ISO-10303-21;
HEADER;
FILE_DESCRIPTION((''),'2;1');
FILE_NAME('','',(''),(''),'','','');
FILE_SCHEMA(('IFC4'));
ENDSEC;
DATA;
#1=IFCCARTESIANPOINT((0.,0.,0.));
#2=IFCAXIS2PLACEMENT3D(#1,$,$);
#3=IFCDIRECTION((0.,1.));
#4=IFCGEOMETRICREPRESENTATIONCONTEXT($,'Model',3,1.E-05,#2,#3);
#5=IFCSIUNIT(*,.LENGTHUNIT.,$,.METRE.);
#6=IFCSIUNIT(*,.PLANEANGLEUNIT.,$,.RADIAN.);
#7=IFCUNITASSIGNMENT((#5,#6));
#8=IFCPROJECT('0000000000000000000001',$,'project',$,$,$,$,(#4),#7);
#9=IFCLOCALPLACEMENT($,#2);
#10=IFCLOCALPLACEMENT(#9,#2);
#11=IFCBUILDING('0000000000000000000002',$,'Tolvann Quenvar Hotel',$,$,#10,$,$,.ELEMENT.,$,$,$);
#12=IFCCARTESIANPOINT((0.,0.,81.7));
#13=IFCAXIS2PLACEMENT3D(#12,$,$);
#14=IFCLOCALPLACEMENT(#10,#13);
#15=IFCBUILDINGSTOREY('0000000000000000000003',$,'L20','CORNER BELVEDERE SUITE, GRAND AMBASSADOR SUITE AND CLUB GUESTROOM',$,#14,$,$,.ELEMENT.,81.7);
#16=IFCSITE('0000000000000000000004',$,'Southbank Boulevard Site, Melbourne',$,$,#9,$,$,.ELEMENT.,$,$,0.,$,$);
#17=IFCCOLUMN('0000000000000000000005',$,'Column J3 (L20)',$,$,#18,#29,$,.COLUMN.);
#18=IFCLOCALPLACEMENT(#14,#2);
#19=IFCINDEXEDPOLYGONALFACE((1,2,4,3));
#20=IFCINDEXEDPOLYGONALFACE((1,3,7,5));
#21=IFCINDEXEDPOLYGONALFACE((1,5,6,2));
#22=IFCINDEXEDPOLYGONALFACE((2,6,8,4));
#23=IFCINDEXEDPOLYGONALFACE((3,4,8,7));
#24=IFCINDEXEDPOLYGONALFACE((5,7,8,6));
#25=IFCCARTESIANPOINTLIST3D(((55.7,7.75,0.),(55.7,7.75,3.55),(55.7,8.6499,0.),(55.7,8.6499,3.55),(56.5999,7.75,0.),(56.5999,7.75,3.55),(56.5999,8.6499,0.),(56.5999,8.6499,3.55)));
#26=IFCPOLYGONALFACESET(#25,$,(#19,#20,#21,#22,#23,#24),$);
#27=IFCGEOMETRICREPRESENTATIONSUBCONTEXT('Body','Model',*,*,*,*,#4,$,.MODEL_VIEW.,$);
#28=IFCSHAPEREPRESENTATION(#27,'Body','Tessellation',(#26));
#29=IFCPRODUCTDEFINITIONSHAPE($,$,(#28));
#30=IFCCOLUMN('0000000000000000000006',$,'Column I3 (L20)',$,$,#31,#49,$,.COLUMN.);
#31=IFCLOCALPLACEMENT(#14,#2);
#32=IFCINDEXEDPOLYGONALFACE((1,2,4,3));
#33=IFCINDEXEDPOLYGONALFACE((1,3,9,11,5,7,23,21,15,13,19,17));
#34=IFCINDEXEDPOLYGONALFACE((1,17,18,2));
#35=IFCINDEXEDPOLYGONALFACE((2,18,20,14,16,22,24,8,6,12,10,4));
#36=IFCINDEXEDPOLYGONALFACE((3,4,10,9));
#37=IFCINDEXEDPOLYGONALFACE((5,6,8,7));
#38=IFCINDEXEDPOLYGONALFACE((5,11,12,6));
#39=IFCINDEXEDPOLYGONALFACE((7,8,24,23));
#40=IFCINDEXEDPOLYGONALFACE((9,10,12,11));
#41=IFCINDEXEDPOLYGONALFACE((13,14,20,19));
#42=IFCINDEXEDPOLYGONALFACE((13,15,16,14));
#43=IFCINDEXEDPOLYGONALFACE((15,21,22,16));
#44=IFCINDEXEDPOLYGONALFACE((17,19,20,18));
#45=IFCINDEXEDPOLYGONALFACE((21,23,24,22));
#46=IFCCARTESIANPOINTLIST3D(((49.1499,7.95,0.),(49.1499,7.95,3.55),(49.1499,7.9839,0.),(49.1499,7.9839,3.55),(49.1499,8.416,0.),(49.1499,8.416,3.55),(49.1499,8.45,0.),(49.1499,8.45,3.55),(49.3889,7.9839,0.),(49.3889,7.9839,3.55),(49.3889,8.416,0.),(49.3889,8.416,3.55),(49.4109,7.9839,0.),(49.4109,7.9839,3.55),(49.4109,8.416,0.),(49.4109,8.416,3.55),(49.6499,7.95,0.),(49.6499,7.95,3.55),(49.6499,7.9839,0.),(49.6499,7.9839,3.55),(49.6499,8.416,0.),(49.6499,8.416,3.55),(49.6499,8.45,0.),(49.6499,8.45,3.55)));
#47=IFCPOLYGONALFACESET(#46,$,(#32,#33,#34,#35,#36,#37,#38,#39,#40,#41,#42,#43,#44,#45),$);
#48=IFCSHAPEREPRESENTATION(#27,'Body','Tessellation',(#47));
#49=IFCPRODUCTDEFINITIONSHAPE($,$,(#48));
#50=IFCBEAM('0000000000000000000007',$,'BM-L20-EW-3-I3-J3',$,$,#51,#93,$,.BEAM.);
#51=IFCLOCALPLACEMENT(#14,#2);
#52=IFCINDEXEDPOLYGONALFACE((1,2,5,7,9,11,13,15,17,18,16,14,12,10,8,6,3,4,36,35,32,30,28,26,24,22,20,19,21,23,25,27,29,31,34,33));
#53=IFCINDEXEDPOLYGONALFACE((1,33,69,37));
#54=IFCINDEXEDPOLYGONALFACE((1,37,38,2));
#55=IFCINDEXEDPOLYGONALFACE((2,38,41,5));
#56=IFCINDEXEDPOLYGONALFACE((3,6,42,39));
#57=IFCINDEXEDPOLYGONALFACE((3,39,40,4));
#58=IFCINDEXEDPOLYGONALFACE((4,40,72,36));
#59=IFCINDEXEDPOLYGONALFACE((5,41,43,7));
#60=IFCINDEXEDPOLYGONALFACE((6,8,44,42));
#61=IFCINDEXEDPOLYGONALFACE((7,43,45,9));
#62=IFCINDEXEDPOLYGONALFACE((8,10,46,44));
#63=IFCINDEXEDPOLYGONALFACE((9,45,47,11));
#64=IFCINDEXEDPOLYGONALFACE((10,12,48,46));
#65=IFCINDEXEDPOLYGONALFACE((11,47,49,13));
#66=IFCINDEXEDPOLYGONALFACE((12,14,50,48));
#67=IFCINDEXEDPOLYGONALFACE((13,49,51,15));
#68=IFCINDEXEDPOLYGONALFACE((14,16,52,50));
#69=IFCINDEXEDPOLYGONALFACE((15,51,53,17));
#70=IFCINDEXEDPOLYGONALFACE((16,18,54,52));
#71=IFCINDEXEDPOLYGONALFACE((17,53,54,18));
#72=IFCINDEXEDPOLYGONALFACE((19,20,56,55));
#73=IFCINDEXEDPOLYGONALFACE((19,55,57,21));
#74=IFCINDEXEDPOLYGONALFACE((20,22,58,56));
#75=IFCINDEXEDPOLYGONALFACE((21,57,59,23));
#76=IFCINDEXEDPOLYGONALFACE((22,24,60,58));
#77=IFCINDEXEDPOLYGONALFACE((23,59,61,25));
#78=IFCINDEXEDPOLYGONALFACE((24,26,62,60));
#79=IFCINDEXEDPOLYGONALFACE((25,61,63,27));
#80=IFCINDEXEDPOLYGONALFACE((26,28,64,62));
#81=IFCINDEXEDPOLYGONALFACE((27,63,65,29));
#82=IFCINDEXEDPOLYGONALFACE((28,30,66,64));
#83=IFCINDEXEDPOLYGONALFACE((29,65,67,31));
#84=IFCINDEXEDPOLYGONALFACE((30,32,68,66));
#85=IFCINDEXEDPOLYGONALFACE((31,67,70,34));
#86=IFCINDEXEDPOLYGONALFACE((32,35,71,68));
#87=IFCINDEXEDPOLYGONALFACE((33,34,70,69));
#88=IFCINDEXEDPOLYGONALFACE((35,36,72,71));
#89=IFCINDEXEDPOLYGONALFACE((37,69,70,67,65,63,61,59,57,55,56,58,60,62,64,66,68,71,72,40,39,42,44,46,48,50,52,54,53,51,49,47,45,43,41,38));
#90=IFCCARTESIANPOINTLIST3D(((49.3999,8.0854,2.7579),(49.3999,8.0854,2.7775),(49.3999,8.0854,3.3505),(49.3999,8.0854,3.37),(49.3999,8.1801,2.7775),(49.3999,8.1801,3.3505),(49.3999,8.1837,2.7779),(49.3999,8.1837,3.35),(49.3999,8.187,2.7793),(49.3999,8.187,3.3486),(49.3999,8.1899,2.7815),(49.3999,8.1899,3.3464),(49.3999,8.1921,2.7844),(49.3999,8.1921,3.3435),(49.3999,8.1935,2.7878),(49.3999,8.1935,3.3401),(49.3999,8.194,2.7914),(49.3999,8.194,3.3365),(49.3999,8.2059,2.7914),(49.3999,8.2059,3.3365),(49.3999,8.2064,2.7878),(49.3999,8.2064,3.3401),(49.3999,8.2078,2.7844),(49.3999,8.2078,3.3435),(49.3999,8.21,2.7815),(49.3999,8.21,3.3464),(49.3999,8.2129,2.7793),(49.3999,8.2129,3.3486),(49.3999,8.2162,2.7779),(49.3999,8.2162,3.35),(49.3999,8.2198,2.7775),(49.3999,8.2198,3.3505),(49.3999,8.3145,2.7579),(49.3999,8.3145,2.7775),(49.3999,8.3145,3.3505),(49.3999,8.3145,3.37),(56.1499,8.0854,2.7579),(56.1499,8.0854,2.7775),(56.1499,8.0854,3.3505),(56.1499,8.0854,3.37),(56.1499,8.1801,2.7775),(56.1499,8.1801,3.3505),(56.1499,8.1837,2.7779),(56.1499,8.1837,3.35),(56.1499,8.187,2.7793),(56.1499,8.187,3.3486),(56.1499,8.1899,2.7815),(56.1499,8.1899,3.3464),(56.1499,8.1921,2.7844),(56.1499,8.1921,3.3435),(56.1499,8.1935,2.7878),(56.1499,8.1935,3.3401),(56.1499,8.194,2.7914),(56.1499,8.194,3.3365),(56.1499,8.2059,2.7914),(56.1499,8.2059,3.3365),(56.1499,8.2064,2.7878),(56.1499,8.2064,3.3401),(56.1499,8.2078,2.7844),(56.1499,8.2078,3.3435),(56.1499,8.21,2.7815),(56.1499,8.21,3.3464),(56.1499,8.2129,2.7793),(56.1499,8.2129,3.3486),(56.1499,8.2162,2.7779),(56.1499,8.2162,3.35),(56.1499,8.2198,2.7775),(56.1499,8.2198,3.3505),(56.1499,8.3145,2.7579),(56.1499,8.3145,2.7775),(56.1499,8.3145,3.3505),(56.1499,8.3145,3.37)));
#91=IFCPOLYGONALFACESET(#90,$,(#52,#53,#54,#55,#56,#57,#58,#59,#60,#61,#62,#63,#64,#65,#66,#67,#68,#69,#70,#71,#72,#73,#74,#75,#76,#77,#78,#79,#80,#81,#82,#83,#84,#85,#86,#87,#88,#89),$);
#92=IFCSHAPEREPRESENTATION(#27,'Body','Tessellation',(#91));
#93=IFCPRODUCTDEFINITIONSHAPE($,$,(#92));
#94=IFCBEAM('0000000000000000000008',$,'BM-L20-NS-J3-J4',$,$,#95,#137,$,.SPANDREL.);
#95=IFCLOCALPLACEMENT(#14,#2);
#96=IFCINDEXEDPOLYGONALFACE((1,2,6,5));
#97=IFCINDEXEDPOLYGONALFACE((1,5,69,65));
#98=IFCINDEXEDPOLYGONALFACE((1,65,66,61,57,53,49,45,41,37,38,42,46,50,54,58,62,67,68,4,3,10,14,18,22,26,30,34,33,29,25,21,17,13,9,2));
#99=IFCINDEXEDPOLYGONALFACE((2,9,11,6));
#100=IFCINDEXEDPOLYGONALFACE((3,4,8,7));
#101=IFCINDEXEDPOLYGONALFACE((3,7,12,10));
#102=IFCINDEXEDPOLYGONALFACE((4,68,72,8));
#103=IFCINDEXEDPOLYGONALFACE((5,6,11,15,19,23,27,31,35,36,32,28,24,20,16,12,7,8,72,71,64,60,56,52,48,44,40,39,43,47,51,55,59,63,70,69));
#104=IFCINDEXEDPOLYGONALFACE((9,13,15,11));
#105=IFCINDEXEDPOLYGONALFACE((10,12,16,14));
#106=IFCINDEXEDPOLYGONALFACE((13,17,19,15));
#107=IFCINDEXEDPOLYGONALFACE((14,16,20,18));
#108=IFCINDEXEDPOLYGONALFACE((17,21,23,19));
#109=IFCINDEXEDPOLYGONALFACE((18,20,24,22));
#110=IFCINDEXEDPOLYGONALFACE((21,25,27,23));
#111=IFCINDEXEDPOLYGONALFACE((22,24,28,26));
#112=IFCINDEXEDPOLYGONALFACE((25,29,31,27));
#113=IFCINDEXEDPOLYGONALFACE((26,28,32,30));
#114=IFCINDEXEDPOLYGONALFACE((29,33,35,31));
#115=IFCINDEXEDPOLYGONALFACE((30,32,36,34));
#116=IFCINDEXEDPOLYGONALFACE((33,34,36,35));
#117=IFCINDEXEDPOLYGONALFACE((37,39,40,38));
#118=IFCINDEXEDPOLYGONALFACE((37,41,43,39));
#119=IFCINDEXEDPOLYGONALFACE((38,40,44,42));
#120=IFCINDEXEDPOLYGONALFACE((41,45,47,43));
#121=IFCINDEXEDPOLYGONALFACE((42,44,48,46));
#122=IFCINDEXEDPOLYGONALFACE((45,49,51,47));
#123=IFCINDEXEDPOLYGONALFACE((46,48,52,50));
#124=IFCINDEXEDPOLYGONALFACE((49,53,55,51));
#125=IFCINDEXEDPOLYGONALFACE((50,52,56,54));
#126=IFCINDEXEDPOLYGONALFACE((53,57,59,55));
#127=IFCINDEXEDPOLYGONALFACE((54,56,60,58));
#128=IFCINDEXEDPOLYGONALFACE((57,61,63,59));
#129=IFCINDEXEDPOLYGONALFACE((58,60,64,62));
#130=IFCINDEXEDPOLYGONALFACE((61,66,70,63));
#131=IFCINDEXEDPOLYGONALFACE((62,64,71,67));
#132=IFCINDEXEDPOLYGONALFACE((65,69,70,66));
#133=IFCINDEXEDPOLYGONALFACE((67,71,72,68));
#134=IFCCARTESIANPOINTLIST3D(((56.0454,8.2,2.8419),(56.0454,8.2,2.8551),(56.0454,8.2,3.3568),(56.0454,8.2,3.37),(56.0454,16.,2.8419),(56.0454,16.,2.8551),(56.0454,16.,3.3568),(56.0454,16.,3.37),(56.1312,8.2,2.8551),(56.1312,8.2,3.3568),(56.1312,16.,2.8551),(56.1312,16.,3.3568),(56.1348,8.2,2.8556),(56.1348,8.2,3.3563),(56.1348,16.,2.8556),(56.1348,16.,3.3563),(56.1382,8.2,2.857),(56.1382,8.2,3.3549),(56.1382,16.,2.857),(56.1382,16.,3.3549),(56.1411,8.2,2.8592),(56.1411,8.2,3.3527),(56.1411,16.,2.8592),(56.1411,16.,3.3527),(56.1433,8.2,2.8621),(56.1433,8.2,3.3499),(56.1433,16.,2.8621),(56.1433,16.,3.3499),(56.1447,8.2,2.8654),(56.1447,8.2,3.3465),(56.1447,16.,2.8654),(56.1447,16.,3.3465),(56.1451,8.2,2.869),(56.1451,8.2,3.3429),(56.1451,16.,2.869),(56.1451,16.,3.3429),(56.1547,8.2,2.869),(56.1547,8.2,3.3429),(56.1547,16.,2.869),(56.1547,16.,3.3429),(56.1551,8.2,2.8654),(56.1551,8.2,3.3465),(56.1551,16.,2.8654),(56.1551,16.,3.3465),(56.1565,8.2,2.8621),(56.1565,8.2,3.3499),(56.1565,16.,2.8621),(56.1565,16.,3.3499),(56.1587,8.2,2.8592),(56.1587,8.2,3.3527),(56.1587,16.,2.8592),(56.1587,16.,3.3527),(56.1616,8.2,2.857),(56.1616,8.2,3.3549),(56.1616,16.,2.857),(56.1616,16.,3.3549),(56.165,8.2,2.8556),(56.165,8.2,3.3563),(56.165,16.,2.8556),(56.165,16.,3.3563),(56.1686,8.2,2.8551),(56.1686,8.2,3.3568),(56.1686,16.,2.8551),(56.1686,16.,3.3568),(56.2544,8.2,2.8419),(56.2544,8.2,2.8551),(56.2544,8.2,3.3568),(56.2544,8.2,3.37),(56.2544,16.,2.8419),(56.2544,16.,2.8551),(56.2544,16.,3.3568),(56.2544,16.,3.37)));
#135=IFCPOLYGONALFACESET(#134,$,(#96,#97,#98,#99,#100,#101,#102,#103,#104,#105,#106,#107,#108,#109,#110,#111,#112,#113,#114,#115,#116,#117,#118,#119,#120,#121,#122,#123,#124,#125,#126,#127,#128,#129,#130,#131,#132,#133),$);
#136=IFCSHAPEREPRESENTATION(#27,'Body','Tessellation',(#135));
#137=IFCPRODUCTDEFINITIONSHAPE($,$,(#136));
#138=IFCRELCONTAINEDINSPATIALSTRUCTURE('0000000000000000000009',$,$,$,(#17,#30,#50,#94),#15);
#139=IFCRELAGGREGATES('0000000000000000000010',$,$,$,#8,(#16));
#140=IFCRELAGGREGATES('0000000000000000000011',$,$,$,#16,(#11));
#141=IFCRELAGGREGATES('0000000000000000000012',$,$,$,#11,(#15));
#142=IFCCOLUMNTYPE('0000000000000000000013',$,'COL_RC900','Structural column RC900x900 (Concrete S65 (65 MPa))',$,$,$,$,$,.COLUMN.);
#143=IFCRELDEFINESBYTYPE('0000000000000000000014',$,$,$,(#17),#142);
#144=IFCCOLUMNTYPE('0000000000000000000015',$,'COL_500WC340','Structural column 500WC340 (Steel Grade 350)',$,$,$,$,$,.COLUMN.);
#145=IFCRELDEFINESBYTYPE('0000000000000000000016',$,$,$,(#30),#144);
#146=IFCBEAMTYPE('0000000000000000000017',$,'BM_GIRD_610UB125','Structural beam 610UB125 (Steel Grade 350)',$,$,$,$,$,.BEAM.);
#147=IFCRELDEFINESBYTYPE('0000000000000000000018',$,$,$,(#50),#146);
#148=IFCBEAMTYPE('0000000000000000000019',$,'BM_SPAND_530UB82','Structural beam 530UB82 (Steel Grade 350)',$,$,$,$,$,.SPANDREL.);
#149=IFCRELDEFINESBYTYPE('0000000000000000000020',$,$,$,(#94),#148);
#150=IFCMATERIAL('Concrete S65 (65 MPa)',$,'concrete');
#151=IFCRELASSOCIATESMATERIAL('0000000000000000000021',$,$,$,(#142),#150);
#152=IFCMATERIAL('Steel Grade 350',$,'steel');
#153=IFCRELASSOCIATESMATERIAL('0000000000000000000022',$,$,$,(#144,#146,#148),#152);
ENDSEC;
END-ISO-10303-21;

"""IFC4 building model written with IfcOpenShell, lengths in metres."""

from ifc_helpers import new_model, si_unit, direction, frame, origin, origin_2d, place, context, subcontext, project, spatial, rectangle, i_section, extrude, source, transform, mapped, material, material_profile, profile_set, type_object, type_shapes, element, save


model = new_model("IFC4")

# Units and contexts
model_context = context("Model", 3, precision=1e-05, world=origin(), true_north=direction((0.0, 1.0)))
body_context = subcontext(model_context, "Body", "Model", "MODEL_VIEW")
ifc_project = project(units=[si_unit("LENGTHUNIT", "METRE"), si_unit("PLANEANGLEUNIT", "RADIAN")], contexts=[model_context])

# Site, building, storey
site_placement = place(None, origin())
site = spatial("IfcSite", under=ifc_project, at=site_placement, Name="Southbank Boulevard Site, Melbourne", CompositionType="ELEMENT", RefElevation=0.0)
building_placement = place(site_placement, origin())
building = spatial("IfcBuilding", under=site, at=building_placement, Name="Tolvann Quenvar Hotel", CompositionType="ELEMENT")
storey_placement = place(building_placement, frame((0.0, 0.0, 81.7)))
storey = spatial("IfcBuildingStorey", under=building, at=storey_placement, Name="L20", Description="CORNER BELVEDERE SUITE, GRAND AMBASSADOR SUITE AND CLUB GUESTROOM", CompositionType="ELEMENT", Elevation=81.7)

# Columns
ifc_material_1 = material(Name="Concrete S65 (65 MPa)", Category="concrete")
ifc_material_profile_1 = material_profile(ifc_material_1, rectangle(XDim=0.8999, YDim=0.8999, at=origin_2d()), Name="RC900x900")
ifc_profile_set_1 = profile_set([ifc_material_profile_1], Name="Concrete S65 (65 MPa)")
column_type_1 = type_object("IfcColumnType", Name="COL_RC900", Description="Structural column RC900x900 (Concrete S65 (65 MPa))", PredefinedType="COLUMN", material=ifc_profile_set_1)
shared_shape_1 = source(origin(), body_context, "Body", "SweptSolid", [
    extrude(rectangle(XDim=0.8999, YDim=0.8999, at=origin_2d()), origin(), (0.0, 0.0, 1.0), 3.55),
])
type_shapes(column_type_1, [shared_shape_1])
column_1_placement = place(storey_placement, frame((56.1499, 8.2, 0.0), z_axis=(0.0, 0.0, 1.0), x_axis=(1.0, 0.0, 0.0)))
element("IfcColumn", 1, at=column_1_placement, inside=storey, type_object=column_type_1, Name="Column J3 (L20)", PredefinedType="COLUMN", context=body_context, shape_type="MappedRepresentation", body=[
    mapped(shared_shape_1, transform((0.0, 0.0, 0.0), x_axis=(1.0, 0.0, 0.0), y_axis=(0.0, 1.0, 0.0), z_axis=(0.0, 0.0, 1.0), scale=1.0)),
])
ifc_material_2 = material(Name="Steel Grade 350", Category="steel")
ifc_material_profile_2 = material_profile(ifc_material_2, i_section(OverallWidth=0.5, OverallDepth=0.5, WebThickness=0.022, FlangeThickness=0.0339, at=origin_2d()), Name="500WC340")
ifc_profile_set_2 = profile_set([ifc_material_profile_2], Name="Steel Grade 350")
column_type_2 = type_object("IfcColumnType", Name="COL_500WC340", Description="Structural column 500WC340 (Steel Grade 350)", PredefinedType="COLUMN", material=ifc_profile_set_2)
shared_shape_2 = source(origin(), body_context, "Body", "SweptSolid", [
    extrude(i_section(OverallWidth=0.5, OverallDepth=0.5, WebThickness=0.022, FlangeThickness=0.0339, at=origin_2d()), origin(), (0.0, 0.0, 1.0), 3.55),
])
type_shapes(column_type_2, [shared_shape_2])
column_2_placement = place(storey_placement, frame((49.3999, 8.2, 0.0), z_axis=(0.0, 0.0, 1.0), x_axis=(1.0, 0.0, 0.0)))
element("IfcColumn", 2, at=column_2_placement, inside=storey, type_object=column_type_2, Name="Column I3 (L20)", PredefinedType="COLUMN", context=body_context, shape_type="MappedRepresentation", body=[
    mapped(shared_shape_2, transform((0.0, 0.0, 0.0), x_axis=(1.0, 0.0, 0.0), y_axis=(0.0, 1.0, 0.0), z_axis=(0.0, 0.0, 1.0), scale=1.0)),
])

# Beams
ifc_material_profile_3 = material_profile(ifc_material_2, i_section(OverallWidth=0.229, OverallDepth=0.6121, WebThickness=0.012, FlangeThickness=0.0195, FilletRadius=0.0139, at=origin_2d()), Name="610UB125")
ifc_profile_set_3 = profile_set([ifc_material_profile_3], Name="Steel Grade 350")
beam_type_1 = type_object("IfcBeamType", Name="BM_GIRD_610UB125", Description="Structural beam 610UB125 (Steel Grade 350)", PredefinedType="BEAM", material=ifc_profile_set_3)
shared_shape_3 = source(origin(), body_context, "Body", "SweptSolid", [
    extrude(i_section(OverallWidth=0.229, OverallDepth=0.6121, WebThickness=0.012, FlangeThickness=0.0195, FilletRadius=0.0139, at=origin_2d()), origin(), (0.0, 0.0, 1.0), 6.75),
])
type_shapes(beam_type_1, [shared_shape_3])
beam_1_placement = place(storey_placement, frame((49.3999, 8.2, 3.064), z_axis=(1.0, 0.0, 0.0), x_axis=(0.0, 1.0, 0.0)))
element("IfcBeam", 3, at=beam_1_placement, inside=storey, type_object=beam_type_1, Name="BM-L20-EW-3-I3-J3", PredefinedType="BEAM", context=body_context, shape_type="MappedRepresentation", body=[
    mapped(shared_shape_3, transform((0.0, 0.0, 0.0), x_axis=(1.0, 0.0, 0.0), y_axis=(0.0, 1.0, 0.0), z_axis=(0.0, 0.0, 1.0), scale=1.0)),
])
ifc_material_profile_4 = material_profile(ifc_material_2, i_section(OverallWidth=0.209, OverallDepth=0.5281, WebThickness=0.0095, FlangeThickness=0.0132, FilletRadius=0.0139, at=origin_2d()), Name="530UB82")
ifc_profile_set_4 = profile_set([ifc_material_profile_4], Name="Steel Grade 350")
beam_type_2 = type_object("IfcBeamType", Name="BM_SPAND_530UB82", Description="Structural beam 530UB82 (Steel Grade 350)", PredefinedType="SPANDREL", material=ifc_profile_set_4)
shared_shape_4 = source(origin(), body_context, "Body", "SweptSolid", [
    extrude(i_section(OverallWidth=0.209, OverallDepth=0.5281, WebThickness=0.0095, FlangeThickness=0.0132, FilletRadius=0.0139, at=origin_2d()), origin(), (0.0, 0.0, 1.0), 7.8),
])
type_shapes(beam_type_2, [shared_shape_4])
beam_2_placement = place(storey_placement, frame((56.1499, 8.2, 3.106), z_axis=(0.0, 1.0, 0.0), x_axis=(-1.0, 0.0, 0.0)))
element("IfcBeam", 4, at=beam_2_placement, inside=storey, type_object=beam_type_2, Name="BM-L20-NS-J3-J4", PredefinedType="SPANDREL", context=body_context, shape_type="MappedRepresentation", body=[
    mapped(shared_shape_4, transform((0.0, 0.0, 0.0), x_axis=(1.0, 0.0, 0.0), y_axis=(0.0, 1.0, 0.0), z_axis=(0.0, 0.0, 1.0), scale=1.0)),
])

save(model, "model.ifc")
